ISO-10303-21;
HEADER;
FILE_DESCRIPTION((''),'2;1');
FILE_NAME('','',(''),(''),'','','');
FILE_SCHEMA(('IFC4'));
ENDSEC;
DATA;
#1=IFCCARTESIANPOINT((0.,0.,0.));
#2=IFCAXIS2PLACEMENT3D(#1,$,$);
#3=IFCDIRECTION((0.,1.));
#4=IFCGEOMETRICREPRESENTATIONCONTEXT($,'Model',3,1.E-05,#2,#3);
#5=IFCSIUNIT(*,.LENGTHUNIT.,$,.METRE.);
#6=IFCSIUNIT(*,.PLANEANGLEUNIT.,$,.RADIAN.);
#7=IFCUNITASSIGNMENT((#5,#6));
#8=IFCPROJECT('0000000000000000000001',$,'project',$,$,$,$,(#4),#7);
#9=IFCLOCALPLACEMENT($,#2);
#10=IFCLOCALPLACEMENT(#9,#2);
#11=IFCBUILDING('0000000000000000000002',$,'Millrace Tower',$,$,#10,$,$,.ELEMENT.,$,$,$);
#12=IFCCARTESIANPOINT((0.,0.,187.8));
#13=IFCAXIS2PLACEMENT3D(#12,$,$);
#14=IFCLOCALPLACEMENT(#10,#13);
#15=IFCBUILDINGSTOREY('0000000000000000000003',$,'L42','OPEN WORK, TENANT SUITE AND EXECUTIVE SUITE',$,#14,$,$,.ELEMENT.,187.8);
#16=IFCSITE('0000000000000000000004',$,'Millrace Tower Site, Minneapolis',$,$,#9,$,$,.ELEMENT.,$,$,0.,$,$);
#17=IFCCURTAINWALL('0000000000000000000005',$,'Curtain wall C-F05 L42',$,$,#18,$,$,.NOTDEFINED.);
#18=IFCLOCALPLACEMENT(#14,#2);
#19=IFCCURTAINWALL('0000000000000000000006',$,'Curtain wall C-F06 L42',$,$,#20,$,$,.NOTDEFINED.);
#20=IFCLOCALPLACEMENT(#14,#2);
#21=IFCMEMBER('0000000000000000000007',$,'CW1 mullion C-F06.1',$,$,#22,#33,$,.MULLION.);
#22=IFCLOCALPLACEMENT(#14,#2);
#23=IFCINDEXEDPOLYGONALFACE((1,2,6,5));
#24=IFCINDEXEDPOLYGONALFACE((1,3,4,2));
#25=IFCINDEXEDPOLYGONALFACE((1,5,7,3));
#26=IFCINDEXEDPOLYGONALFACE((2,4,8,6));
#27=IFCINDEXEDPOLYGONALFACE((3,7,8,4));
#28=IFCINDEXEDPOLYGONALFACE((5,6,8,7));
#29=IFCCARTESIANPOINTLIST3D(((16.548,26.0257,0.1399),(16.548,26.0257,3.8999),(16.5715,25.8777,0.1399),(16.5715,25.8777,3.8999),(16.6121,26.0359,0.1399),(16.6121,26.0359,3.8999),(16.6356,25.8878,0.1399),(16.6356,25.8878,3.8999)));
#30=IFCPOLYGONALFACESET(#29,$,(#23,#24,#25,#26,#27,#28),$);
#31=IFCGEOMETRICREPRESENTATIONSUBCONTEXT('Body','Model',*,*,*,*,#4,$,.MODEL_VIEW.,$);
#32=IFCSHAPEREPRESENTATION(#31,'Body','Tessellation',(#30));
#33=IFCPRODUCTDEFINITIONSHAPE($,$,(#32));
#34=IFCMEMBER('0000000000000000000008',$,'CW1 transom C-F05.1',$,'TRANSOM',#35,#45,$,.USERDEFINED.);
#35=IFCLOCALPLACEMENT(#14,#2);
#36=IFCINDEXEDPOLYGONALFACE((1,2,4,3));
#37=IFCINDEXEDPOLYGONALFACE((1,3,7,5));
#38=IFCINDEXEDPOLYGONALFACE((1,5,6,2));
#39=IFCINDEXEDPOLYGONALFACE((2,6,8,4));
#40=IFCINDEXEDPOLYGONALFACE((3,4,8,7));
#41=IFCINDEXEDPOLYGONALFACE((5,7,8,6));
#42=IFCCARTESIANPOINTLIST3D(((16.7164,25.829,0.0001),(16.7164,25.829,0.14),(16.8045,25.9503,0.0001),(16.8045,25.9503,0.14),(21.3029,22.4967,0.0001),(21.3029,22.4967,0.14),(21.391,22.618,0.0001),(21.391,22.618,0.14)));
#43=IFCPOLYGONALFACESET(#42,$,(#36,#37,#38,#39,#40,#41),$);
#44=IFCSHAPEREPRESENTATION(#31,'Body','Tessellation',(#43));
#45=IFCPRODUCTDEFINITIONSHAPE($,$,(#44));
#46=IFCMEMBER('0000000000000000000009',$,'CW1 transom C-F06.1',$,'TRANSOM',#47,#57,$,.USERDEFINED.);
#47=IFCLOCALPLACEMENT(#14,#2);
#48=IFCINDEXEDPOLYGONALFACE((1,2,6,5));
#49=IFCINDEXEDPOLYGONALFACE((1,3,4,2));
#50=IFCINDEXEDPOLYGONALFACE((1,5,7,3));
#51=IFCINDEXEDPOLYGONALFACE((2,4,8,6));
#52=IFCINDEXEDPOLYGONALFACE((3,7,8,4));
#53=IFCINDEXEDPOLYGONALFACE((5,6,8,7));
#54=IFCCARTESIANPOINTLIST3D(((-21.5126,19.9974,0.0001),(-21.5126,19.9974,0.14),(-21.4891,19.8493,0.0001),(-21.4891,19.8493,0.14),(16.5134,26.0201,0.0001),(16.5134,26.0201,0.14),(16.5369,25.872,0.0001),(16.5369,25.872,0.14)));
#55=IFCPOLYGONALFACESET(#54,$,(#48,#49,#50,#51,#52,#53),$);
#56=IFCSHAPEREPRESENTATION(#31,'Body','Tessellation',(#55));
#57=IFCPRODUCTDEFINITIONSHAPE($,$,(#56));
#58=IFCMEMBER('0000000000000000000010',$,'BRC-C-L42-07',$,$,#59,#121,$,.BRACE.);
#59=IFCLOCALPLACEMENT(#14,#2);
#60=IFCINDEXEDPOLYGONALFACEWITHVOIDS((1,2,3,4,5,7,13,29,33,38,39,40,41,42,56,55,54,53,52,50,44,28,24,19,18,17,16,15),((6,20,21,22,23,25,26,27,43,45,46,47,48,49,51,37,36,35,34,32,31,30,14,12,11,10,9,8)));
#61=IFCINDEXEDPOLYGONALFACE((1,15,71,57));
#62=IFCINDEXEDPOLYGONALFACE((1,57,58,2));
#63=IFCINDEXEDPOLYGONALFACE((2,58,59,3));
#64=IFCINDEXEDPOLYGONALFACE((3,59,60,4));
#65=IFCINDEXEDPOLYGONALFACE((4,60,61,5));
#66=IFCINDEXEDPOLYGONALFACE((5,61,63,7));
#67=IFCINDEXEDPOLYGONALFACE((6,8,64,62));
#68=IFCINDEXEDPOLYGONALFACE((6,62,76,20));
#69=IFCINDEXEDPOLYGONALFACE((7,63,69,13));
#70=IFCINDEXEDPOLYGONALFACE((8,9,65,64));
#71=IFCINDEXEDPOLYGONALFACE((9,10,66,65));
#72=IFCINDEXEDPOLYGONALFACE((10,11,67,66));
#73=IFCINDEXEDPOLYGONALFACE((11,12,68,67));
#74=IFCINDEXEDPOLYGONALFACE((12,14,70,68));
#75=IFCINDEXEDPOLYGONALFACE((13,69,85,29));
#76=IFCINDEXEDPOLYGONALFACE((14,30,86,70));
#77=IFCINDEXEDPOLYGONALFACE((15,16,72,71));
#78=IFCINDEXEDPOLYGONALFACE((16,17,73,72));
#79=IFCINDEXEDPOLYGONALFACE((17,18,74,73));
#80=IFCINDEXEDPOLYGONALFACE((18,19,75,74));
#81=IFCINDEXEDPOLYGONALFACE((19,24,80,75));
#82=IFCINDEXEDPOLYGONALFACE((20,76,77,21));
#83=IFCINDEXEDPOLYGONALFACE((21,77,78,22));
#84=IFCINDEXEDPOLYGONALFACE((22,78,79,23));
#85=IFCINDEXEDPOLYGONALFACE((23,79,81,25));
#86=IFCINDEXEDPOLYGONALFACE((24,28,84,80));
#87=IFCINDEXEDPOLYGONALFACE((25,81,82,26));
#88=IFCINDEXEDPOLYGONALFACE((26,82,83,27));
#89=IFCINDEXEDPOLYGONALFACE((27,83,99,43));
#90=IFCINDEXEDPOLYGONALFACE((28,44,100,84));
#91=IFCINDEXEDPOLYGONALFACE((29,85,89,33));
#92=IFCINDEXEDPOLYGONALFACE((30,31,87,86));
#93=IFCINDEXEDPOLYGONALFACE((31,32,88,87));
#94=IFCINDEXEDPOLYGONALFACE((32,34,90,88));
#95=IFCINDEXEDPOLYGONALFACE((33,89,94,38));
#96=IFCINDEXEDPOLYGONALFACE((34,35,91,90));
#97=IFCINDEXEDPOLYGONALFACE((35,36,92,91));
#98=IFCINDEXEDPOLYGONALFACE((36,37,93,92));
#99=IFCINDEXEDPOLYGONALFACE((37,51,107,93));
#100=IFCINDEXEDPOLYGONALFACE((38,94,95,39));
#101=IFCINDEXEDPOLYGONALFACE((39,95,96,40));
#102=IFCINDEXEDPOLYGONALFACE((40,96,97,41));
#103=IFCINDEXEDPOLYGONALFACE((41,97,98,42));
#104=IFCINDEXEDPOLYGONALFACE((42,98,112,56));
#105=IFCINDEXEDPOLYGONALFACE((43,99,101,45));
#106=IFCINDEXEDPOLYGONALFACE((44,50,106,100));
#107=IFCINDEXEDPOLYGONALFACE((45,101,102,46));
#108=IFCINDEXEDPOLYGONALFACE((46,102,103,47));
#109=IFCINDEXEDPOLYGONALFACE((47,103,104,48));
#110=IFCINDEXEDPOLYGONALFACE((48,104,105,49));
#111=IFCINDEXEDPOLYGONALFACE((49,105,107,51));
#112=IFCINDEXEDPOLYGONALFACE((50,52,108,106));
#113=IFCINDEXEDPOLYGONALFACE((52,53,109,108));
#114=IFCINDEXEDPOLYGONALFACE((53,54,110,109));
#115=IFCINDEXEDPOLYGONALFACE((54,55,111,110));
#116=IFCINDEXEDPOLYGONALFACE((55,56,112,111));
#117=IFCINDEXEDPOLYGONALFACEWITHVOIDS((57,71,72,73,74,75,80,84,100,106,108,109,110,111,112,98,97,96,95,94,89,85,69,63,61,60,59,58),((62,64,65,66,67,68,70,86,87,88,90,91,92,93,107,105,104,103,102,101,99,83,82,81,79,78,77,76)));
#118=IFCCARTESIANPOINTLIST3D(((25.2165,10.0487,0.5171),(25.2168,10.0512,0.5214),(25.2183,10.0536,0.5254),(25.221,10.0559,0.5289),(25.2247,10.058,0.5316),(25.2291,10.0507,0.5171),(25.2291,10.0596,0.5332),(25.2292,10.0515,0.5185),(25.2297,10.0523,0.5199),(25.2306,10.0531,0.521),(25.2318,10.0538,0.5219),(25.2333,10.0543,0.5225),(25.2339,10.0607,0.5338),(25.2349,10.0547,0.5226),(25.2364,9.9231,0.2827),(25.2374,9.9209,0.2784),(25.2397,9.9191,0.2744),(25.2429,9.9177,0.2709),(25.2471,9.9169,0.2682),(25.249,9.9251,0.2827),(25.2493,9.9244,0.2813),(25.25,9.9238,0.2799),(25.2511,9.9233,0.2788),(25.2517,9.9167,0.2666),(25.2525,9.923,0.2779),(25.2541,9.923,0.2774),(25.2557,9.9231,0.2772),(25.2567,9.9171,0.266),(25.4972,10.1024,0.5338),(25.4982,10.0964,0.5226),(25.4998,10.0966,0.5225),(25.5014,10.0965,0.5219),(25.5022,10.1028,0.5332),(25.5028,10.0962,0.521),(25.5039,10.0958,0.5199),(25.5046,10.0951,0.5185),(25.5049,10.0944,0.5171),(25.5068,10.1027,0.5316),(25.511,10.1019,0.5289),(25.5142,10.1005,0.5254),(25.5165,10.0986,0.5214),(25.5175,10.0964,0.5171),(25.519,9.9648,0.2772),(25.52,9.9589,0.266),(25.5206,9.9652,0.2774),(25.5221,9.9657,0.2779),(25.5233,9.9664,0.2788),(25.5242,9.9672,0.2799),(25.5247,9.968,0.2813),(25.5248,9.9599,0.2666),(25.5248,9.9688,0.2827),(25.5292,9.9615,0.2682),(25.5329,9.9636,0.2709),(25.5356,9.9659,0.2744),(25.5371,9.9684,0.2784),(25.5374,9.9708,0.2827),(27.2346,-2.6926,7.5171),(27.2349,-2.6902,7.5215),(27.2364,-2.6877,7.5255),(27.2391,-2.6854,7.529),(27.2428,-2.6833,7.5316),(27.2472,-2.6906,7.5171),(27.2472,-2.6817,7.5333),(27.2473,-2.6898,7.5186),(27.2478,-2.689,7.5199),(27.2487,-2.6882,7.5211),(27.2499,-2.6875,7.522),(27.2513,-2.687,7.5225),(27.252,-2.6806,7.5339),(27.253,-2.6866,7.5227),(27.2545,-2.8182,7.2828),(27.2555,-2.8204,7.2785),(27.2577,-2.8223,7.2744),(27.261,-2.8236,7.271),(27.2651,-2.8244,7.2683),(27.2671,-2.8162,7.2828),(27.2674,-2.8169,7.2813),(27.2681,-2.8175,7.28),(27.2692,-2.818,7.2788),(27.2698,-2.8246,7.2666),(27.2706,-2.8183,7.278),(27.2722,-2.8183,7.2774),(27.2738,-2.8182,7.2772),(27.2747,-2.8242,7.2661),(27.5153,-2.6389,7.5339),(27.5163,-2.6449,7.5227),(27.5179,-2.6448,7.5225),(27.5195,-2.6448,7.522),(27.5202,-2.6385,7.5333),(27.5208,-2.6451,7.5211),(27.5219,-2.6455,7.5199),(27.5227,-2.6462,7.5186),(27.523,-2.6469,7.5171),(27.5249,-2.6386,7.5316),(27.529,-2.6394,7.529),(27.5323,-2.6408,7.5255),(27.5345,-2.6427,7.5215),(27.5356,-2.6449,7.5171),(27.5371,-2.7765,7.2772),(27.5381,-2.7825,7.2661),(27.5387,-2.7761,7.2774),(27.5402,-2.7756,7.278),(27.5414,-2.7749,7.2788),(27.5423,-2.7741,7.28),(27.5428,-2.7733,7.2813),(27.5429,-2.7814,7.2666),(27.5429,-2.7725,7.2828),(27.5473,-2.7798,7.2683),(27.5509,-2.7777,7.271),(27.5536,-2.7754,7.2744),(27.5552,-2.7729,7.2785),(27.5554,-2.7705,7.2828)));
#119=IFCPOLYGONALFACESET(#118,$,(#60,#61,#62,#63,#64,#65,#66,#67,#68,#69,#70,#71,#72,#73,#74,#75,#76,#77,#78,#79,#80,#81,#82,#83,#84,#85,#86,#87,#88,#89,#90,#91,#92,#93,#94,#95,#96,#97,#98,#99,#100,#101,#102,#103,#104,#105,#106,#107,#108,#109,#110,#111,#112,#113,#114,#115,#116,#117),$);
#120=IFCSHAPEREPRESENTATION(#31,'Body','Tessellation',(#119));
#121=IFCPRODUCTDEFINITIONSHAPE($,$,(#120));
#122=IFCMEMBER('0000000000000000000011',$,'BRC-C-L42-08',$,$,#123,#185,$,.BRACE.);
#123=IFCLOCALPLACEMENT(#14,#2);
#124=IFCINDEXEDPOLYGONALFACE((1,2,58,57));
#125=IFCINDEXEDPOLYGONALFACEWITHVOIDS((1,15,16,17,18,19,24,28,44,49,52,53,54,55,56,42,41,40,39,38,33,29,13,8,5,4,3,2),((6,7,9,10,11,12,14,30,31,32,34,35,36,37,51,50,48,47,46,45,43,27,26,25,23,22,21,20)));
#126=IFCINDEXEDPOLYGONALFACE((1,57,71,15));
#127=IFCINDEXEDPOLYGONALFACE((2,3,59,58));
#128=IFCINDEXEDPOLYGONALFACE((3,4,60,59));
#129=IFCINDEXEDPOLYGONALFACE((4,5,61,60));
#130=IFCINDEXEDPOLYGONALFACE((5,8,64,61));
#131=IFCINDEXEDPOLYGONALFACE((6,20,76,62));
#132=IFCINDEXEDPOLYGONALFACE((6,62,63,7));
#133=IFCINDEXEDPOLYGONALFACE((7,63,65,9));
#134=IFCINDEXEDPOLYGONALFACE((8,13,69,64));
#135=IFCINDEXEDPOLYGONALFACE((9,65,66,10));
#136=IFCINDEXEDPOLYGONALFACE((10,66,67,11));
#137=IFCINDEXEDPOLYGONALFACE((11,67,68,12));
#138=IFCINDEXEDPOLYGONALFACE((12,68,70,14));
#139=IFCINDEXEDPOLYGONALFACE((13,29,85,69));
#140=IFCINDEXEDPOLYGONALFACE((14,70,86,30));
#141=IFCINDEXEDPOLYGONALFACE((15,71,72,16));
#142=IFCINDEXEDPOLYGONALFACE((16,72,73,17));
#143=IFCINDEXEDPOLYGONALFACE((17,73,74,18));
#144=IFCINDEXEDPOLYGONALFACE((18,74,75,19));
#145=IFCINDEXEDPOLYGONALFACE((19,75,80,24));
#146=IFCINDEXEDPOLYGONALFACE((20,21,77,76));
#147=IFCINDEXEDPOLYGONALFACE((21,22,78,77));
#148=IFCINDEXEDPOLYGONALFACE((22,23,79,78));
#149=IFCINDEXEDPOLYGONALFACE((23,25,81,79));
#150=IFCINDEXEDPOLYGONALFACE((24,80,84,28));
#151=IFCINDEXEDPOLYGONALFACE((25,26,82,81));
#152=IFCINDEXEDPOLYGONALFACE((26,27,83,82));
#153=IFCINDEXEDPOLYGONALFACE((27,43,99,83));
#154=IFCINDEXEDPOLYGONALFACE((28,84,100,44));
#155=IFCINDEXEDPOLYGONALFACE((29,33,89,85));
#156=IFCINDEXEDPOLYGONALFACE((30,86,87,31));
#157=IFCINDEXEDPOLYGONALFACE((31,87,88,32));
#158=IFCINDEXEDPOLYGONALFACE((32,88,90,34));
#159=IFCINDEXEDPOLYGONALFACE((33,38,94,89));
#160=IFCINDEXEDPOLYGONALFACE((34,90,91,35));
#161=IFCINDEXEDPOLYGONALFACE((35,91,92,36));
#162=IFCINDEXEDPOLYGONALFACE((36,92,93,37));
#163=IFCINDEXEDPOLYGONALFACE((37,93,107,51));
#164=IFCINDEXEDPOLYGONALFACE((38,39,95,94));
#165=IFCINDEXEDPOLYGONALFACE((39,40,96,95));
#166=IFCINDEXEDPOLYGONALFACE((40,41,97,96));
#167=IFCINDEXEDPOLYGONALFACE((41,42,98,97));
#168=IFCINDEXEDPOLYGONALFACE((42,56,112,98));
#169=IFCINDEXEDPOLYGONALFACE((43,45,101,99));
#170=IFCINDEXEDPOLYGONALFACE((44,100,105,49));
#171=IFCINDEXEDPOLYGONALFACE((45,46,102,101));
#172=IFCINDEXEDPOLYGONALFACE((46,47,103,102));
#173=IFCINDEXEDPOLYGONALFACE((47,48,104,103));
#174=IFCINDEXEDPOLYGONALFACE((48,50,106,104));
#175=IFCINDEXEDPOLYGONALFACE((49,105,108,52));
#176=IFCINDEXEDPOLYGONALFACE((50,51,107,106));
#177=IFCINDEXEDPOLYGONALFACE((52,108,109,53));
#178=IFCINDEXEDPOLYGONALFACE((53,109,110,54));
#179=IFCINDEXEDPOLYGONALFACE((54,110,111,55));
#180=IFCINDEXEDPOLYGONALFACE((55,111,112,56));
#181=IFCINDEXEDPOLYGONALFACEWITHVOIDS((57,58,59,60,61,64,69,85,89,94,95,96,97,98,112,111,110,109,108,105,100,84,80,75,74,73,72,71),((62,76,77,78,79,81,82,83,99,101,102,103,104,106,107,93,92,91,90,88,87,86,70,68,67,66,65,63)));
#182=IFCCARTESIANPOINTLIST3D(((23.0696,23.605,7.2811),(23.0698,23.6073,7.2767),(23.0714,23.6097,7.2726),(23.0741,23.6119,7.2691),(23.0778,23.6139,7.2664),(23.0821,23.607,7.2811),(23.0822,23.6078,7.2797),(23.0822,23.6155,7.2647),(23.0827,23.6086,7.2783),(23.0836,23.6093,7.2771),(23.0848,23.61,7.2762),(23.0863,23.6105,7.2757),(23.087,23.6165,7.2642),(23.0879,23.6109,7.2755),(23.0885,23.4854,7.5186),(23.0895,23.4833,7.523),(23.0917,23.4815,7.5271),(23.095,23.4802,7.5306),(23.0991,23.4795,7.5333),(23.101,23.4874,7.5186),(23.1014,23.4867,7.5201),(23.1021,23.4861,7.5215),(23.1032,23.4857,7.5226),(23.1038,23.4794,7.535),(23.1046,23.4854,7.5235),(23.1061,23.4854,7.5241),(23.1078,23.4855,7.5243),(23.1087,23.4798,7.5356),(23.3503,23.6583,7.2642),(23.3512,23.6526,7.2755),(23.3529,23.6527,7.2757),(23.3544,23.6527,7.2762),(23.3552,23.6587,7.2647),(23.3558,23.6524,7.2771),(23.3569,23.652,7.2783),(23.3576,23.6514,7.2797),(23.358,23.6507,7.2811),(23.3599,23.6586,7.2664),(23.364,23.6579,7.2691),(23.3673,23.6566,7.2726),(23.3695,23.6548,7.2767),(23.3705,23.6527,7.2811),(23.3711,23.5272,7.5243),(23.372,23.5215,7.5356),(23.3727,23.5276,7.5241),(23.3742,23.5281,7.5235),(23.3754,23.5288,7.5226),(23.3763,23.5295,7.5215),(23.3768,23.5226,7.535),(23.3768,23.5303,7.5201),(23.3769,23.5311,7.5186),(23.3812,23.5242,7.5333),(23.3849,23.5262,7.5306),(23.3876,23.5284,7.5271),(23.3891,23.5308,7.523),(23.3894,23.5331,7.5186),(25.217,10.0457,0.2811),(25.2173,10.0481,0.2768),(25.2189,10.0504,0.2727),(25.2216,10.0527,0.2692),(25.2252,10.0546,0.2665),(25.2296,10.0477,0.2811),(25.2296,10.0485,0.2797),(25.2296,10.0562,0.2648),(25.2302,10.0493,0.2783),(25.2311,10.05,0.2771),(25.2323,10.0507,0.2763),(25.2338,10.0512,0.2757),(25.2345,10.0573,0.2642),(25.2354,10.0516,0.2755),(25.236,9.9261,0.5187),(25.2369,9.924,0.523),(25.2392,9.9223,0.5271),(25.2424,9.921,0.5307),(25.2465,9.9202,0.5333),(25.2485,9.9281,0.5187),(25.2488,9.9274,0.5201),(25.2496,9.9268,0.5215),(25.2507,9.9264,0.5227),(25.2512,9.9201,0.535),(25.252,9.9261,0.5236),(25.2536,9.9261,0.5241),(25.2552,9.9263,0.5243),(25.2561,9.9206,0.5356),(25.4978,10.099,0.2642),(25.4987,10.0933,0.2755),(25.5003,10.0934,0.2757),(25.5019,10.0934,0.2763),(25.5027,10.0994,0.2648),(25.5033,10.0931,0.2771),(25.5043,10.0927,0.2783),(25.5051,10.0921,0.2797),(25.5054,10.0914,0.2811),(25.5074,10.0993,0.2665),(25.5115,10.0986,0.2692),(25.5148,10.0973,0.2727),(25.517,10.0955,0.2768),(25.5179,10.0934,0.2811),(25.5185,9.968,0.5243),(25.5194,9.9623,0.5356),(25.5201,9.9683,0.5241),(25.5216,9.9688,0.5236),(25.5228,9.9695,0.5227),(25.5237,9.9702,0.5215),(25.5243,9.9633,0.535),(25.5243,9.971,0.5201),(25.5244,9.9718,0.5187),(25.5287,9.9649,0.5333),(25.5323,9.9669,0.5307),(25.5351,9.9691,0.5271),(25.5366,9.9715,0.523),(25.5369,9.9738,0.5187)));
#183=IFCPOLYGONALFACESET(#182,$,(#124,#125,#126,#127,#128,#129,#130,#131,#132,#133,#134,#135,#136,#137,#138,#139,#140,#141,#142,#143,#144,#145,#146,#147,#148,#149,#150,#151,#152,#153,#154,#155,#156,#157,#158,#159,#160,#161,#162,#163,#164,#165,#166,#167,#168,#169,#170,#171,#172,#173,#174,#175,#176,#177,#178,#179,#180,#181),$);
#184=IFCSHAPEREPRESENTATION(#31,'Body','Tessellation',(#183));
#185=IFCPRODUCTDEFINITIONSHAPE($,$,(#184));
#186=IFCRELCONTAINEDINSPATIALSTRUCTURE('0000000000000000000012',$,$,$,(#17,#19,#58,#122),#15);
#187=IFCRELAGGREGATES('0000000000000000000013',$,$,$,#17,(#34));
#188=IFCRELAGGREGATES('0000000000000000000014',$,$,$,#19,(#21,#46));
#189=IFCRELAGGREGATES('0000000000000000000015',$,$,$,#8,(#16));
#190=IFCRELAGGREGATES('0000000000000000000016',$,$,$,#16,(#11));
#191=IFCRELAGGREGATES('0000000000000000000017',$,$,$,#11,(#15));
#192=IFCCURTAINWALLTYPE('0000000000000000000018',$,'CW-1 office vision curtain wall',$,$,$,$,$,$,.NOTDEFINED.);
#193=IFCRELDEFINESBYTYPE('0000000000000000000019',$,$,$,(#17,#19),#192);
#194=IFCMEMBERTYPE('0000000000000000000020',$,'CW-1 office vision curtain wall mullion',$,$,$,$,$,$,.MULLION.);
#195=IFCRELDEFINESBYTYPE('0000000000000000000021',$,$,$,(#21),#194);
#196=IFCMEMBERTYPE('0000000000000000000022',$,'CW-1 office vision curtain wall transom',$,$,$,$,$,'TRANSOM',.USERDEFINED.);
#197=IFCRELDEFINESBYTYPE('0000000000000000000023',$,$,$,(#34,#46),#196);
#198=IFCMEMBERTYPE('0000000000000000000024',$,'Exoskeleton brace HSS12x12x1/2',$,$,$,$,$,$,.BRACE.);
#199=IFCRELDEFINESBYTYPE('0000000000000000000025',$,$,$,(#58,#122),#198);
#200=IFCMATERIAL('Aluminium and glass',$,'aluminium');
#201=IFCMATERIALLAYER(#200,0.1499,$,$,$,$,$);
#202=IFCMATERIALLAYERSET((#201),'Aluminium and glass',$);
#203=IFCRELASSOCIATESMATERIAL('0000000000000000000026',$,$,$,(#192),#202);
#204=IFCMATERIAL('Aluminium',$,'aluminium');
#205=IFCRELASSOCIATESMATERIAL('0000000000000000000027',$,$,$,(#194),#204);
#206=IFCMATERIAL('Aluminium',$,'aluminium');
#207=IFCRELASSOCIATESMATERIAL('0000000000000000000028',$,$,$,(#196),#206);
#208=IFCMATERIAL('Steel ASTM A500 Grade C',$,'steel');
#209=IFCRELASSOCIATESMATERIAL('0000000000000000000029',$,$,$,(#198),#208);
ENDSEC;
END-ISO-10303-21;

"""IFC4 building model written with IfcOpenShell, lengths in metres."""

from ifc_helpers import new_model, si_unit, direction, frame, origin, origin_2d, place, context, subcontext, project, spatial, rectangle, hollow_rectangle, extrude, material, layer, layer_set, material_profile, profile_set, type_object, element, aggregate, save


model = new_model("IFC4")

# Units and contexts
model_context = context("Model", 3, precision=1e-05, world=origin(), true_north=direction((0.0, 1.0)))
body_context = subcontext(model_context, "Body", "Model", "MODEL_VIEW")
ifc_project = project(units=[si_unit("LENGTHUNIT", "METRE"), si_unit("PLANEANGLEUNIT", "RADIAN")], contexts=[model_context])

# Site, building, storey
site_placement = place(None, origin())
site = spatial("IfcSite", under=ifc_project, at=site_placement, Name="Millrace Tower Site, Minneapolis", CompositionType="ELEMENT", RefElevation=0.0)
building_placement = place(site_placement, origin())
building = spatial("IfcBuilding", under=site, at=building_placement, Name="Millrace Tower", CompositionType="ELEMENT")
storey_placement = place(building_placement, frame((0.0, 0.0, 187.8)))
storey = spatial("IfcBuildingStorey", under=building, at=storey_placement, Name="L42", Description="OPEN WORK, TENANT SUITE AND EXECUTIVE SUITE", CompositionType="ELEMENT", Elevation=187.8)

# Shared definitions
ifc_material_1 = material(Name="Aluminium and glass", Category="aluminium")
ifc_layer_1 = layer(ifc_material_1, 0.1499)
ifc_layer_set_1 = layer_set([ifc_layer_1], Name="Aluminium and glass")
curtain_wall_type = type_object("IfcCurtainWallType", Name="CW-1 office vision curtain wall", PredefinedType="NOTDEFINED", material=ifc_layer_set_1)
placement = place(storey_placement, origin())
ifc_material_2 = material(Name="Aluminium", Category="aluminium")
ifc_material_profile_1 = material_profile(ifc_material_2, rectangle(XDim=0.0649, YDim=0.1499, at=origin_2d()))
ifc_profile_set_1 = profile_set([ifc_material_profile_1], Name="Aluminium")
member_type_1 = type_object("IfcMemberType", Name="CW-1 office vision curtain wall mullion", PredefinedType="MULLION", material=ifc_profile_set_1)

# Curtain walls, member
curtain_wall_1 = element("IfcCurtainWall", 1, at=placement, inside=storey, type_object=curtain_wall_type, Name="Curtain wall C-F05 L42", PredefinedType="NOTDEFINED")
curtain_wall_2 = element("IfcCurtainWall", 2, at=placement, inside=storey, type_object=curtain_wall_type, Name="Curtain wall C-F06 L42", PredefinedType="NOTDEFINED")
member_1_placement = place(storey_placement, frame((16.5918, 25.9568, 0.1399), z_axis=(0.0, 0.0, 1.0), x_axis=(-0.987688, -0.156434, 0.0)))
member_1 = element("IfcMember", 3, at=member_1_placement, type_object=member_type_1, Name="CW1 mullion C-F06.1", PredefinedType="MULLION", context=body_context, shape_type="SweptSolid", body=[
    extrude(rectangle(XDim=0.0649, YDim=0.1499, at=origin_2d()), origin(), (0.0, 0.0, 1.0), 3.76),
])

# Members
ifc_material_3 = material(Name="Aluminium", Category="aluminium")
ifc_material_profile_2 = material_profile(ifc_material_3, rectangle(XDim=0.1499, YDim=0.1399, at=origin_2d()))
ifc_profile_set_2 = profile_set([ifc_material_profile_2], Name="Aluminium")
member_type_2 = type_object("IfcMemberType", Name="CW-1 office vision curtain wall transom", ElementType="TRANSOM", PredefinedType="USERDEFINED", material=ifc_profile_set_2)
member_2_placement = place(storey_placement, frame((21.3469, 22.5574, 0.0701), z_axis=(-0.809013, 0.58779, 0.0), x_axis=(-0.58779, -0.809013, 0.0)))
member_2 = element("IfcMember", 4, at=member_2_placement, type_object=member_type_2, Name="CW1 transom C-F05.1", ObjectType="TRANSOM", PredefinedType="USERDEFINED", context=body_context, shape_type="SweptSolid", body=[
    extrude(rectangle(XDim=0.1499, YDim=0.1399, at=origin_2d()), origin(), (0.0, 0.0, 1.0), 5.6692),
])
aggregate(curtain_wall_1, [member_2])
member_3_placement = place(storey_placement, frame((16.5251, 25.946, 0.0701), z_axis=(-0.987689, -0.156433, 0.0), x_axis=(0.156433, -0.987689, 0.0)))
member_3 = element("IfcMember", 5, at=member_3_placement, type_object=member_type_2, Name="CW1 transom C-F06.1", ObjectType="TRANSOM", PredefinedType="USERDEFINED", context=body_context, shape_type="SweptSolid", body=[
    extrude(rectangle(XDim=0.1499, YDim=0.1399, at=origin_2d()), origin(), (0.0, 0.0, 1.0), 38.5),
])
aggregate(curtain_wall_2, [member_1, member_3])

# Members
ifc_material_4 = material(Name="Steel ASTM A500 Grade C", Category="steel")
ifc_material_profile_3 = material_profile(ifc_material_4, hollow_rectangle(XDim=0.3047, YDim=0.3047, WallThickness=0.0127, InnerFilletRadius=0.0063, OuterFilletRadius=0.019, at=origin_2d()))
ifc_profile_set_3 = profile_set([ifc_material_profile_3], Name="Steel ASTM A500 Grade C")
member_type_3 = type_object("IfcMemberType", Name="Exoskeleton brace HSS12x12x1/2", PredefinedType="BRACE", material=ifc_profile_set_3)
member_4_placement = place(storey_placement, frame((25.377, 10.0098, 0.3999), z_axis=(0.1375, -0.868114, 0.47694), x_axis=(0.987688, 0.156439, 0.0)))
element("IfcMember", 6, at=member_4_placement, inside=storey, type_object=member_type_3, Name="BRC-C-L42-07", PredefinedType="BRACE", context=body_context, shape_type="SweptSolid", body=[
    extrude(hollow_rectangle(XDim=0.3047, YDim=0.3047, WallThickness=0.0127, InnerFilletRadius=0.0063, OuterFilletRadius=0.019, at=origin_2d()), origin(), (0.0, 0.0, 1.0), 14.677),
])
member_5_placement = place(storey_placement, frame((25.377, 10.0098, 0.3999), z_axis=(-0.139355, 0.879907, 0.454252), x_axis=(-0.98769, -0.156426, 0.0)))
element("IfcMember", 7, at=member_5_placement, inside=storey, type_object=member_type_3, Name="BRC-C-L42-08", PredefinedType="BRACE", context=body_context, shape_type="SweptSolid", body=[
    extrude(hollow_rectangle(XDim=0.3047, YDim=0.3047, WallThickness=0.0127, InnerFilletRadius=0.0063, OuterFilletRadius=0.019, at=origin_2d()), origin(), (0.0, 0.0, 1.0), 15.4099),
])

save(model, "model.ifc")
